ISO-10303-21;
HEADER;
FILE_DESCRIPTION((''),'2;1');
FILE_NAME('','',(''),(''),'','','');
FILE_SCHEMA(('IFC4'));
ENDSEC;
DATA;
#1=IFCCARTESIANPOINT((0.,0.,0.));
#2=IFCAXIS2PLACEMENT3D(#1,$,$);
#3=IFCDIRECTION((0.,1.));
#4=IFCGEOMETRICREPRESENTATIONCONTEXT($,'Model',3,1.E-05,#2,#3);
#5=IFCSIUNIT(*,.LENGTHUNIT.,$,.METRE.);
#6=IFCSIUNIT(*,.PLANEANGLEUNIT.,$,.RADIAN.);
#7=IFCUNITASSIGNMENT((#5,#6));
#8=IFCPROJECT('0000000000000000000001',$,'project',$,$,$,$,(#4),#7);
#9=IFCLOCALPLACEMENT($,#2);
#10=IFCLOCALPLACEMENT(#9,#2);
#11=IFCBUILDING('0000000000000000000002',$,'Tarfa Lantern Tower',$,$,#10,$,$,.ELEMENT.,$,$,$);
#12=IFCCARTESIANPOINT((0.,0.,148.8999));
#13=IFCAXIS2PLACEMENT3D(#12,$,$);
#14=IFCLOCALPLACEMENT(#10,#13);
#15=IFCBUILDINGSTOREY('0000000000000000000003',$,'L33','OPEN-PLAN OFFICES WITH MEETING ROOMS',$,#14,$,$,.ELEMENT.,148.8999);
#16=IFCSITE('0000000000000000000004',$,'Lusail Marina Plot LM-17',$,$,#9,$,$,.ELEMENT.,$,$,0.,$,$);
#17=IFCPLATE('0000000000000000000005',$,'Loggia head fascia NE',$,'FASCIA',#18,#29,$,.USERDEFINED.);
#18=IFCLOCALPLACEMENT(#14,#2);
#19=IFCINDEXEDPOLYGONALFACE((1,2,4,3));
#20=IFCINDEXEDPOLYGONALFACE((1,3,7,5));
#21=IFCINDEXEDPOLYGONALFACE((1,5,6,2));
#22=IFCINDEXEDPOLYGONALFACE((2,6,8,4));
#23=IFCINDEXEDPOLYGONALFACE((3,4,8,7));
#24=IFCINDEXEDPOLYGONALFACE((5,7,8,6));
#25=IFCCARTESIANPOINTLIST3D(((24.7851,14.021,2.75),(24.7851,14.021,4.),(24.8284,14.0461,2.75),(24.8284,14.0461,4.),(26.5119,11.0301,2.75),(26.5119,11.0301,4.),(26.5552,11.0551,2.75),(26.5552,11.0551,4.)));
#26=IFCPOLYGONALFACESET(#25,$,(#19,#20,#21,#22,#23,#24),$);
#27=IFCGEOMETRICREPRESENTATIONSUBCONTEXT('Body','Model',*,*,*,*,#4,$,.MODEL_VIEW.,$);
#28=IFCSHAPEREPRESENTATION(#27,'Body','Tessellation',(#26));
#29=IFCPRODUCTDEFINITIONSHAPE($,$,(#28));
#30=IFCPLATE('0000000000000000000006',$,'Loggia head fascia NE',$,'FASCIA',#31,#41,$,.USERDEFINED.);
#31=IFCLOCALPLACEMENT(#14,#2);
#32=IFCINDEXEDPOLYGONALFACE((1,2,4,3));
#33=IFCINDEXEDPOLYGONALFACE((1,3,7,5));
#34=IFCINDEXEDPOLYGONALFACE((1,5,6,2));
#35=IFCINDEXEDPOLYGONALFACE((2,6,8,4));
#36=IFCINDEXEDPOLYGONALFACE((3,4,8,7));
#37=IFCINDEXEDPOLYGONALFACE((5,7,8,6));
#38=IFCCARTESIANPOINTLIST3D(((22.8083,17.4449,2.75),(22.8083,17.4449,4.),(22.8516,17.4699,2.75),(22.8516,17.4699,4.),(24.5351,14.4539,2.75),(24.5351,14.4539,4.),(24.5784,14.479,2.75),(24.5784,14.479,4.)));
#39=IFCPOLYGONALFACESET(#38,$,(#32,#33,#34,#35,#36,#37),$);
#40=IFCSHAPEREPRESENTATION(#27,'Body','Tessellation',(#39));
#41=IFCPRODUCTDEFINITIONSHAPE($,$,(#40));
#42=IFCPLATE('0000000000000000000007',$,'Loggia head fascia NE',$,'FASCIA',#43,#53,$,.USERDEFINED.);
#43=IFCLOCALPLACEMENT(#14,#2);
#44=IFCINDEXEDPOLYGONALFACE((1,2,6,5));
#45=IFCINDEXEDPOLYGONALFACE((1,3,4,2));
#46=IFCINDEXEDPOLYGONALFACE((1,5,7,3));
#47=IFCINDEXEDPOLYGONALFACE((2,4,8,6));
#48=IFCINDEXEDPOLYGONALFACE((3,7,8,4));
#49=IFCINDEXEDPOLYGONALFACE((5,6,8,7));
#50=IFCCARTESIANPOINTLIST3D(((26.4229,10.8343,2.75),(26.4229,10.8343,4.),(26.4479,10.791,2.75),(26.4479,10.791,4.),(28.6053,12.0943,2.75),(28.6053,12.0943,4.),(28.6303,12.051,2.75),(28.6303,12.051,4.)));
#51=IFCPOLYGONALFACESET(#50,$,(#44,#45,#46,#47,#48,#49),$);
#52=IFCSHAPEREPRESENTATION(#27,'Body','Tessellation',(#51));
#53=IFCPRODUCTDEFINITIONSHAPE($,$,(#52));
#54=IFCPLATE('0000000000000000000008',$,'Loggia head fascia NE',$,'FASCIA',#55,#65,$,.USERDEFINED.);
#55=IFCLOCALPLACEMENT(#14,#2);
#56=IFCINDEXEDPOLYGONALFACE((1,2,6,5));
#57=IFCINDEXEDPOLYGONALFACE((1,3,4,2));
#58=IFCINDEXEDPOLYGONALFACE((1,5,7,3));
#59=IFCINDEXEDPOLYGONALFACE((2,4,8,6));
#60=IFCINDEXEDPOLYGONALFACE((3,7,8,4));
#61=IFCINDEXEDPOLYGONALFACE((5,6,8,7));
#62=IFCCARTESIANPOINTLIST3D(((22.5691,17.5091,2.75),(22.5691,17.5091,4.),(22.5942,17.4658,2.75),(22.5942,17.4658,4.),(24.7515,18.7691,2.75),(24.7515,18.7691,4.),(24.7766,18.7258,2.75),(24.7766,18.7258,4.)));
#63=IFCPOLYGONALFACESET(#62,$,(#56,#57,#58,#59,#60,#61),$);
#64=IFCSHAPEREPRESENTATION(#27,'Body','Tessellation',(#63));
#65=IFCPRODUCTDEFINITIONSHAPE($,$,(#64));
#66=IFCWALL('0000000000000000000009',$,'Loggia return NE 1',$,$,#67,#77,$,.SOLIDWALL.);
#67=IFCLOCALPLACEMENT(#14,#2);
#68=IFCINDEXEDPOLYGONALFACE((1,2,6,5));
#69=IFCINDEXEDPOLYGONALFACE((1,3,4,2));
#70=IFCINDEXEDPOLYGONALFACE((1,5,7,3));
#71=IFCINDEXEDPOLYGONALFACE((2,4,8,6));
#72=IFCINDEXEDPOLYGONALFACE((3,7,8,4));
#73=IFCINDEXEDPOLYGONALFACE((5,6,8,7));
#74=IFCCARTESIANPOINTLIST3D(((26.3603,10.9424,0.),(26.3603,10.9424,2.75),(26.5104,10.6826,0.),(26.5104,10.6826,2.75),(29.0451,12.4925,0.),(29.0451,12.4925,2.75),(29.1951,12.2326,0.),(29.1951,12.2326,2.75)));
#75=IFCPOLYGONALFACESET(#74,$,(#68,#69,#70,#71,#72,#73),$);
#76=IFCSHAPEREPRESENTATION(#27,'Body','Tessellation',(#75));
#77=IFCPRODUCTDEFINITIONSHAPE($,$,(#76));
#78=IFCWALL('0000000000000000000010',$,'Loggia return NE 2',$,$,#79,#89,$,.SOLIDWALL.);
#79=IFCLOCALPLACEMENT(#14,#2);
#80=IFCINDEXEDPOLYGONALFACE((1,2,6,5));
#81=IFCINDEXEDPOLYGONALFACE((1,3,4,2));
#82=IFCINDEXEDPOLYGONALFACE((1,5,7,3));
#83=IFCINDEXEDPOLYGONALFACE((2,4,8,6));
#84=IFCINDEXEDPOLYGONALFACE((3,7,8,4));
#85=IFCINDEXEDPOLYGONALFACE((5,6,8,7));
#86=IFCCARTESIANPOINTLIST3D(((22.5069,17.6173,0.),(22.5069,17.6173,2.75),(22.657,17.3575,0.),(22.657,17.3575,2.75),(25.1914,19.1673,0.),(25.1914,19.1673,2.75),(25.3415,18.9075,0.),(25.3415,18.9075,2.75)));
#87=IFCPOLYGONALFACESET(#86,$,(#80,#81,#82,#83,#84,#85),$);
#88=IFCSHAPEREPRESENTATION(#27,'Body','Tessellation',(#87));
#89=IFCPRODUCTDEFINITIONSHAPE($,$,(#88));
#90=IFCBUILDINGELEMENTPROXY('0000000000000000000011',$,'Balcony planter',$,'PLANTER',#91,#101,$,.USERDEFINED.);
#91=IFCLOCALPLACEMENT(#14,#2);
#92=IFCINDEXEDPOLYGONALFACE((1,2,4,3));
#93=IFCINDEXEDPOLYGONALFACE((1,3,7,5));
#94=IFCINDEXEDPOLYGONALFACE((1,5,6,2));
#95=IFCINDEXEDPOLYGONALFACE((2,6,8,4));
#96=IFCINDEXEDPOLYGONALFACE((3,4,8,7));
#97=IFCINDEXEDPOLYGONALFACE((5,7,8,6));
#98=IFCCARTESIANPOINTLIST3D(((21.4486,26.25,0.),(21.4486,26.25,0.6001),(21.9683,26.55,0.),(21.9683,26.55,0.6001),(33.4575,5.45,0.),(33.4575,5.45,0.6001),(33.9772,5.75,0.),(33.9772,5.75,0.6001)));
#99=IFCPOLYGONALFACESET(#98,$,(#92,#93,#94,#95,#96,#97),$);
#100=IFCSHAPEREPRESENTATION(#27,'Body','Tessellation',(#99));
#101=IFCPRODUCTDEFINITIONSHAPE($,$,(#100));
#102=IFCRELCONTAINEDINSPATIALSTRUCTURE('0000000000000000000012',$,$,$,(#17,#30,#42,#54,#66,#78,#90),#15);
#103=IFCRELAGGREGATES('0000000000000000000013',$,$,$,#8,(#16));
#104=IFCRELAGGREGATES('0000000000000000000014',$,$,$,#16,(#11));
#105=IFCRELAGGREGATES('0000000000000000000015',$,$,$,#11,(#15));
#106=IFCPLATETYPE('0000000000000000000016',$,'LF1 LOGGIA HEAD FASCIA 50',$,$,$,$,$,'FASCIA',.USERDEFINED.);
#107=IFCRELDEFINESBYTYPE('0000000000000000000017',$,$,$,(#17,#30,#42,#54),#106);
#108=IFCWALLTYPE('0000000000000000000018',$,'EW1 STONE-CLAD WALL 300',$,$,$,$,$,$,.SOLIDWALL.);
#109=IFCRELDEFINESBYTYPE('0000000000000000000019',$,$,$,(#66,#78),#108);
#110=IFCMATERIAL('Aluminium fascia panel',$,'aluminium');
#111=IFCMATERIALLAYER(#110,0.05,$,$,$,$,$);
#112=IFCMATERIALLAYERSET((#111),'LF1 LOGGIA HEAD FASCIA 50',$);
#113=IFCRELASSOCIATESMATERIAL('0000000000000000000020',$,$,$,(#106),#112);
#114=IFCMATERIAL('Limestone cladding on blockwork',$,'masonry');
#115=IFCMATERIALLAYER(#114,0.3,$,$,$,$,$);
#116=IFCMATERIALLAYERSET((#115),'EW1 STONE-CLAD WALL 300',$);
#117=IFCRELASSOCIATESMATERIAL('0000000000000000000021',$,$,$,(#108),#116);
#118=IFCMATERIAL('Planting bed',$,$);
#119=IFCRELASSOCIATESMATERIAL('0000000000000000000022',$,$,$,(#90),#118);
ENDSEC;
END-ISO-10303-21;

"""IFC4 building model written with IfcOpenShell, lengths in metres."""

from ifc_helpers import new_model, si_unit, direction, frame, frame_2d, origin, origin_2d, place, context, subcontext, project, spatial, rectangle, extrude, material, layer, layer_set, type_object, element, save


model = new_model("IFC4")

# Units and contexts
model_context = context("Model", 3, precision=1e-05, world=origin(), true_north=direction((0.0, 1.0)))
body_context = subcontext(model_context, "Body", "Model", "MODEL_VIEW")
ifc_project = project(units=[si_unit("LENGTHUNIT", "METRE"), si_unit("PLANEANGLEUNIT", "RADIAN")], contexts=[model_context])

# Site, building, storey
site_placement = place(None, origin())
site = spatial("IfcSite", under=ifc_project, at=site_placement, Name="Lusail Marina Plot LM-17", CompositionType="ELEMENT", RefElevation=0.0)
building_placement = place(site_placement, origin())
building = spatial("IfcBuilding", under=site, at=building_placement, Name="Tarfa Lantern Tower", CompositionType="ELEMENT")
storey_placement = place(building_placement, frame((0.0, 0.0, 148.8999)))
storey = spatial("IfcBuildingStorey", under=building, at=storey_placement, Name="L33", Description="OPEN-PLAN OFFICES WITH MEETING ROOMS", CompositionType="ELEMENT", Elevation=148.8999)

# Plates
ifc_material_1 = material(Name="Aluminium fascia panel", Category="aluminium")
ifc_layer_1 = layer(ifc_material_1, 0.05)
ifc_layer_set_1 = layer_set([ifc_layer_1], Name="LF1 LOGGIA HEAD FASCIA 50")
plate_type_1 = type_object("IfcPlateType", Name="LF1 LOGGIA HEAD FASCIA 50", ElementType="FASCIA", PredefinedType="USERDEFINED", material=ifc_layer_set_1)
for number, where, z_axis, x_axis, name in (
    (1, (25.6702, 12.5381, 2.75), (0.0, 0.0, 1.0), (-0.5, 0.866025, 0.0), "Loggia head fascia NE"),
    (2, (23.6934, 15.9619, 2.75), (0.0, 0.0, 1.0), (-0.5, 0.866025, 0.0), "Loggia head fascia NE"),
):
    element("IfcPlate", number, at=place(storey_placement, frame(where, z_axis=z_axis, x_axis=x_axis)), inside=storey, type_object=plate_type_1, Name=name, ObjectType="FASCIA", PredefinedType="USERDEFINED", context=body_context, shape_type="SweptSolid", body=[
        extrude(rectangle(XDim=3.4536, YDim=0.05, at=origin_2d()), origin(), (0.0, 0.0, 1.0), 1.25),
    ])
for number, where, z_axis, x_axis, name in (
    (3, (27.5266, 11.4426, 2.75), (0.0, 0.0, 1.0), (-0.866025, -0.5, 0.0), "Loggia head fascia NE"),
    (4, (23.6729, 18.1174, 2.75), (0.0, 0.0, 1.0), (-0.866025, -0.5, 0.0), "Loggia head fascia NE"),
):
    element("IfcPlate", number, at=place(storey_placement, frame(where, z_axis=z_axis, x_axis=x_axis)), inside=storey, type_object=plate_type_1, Name=name, ObjectType="FASCIA", PredefinedType="USERDEFINED", context=body_context, shape_type="SweptSolid", body=[
        extrude(rectangle(XDim=2.52, YDim=0.05, at=origin_2d()), origin(), (0.0, 0.0, 1.0), 1.25),
    ])

# Walls
ifc_material_2 = material(Name="Limestone cladding on blockwork", Category="masonry")
ifc_layer_2 = layer(ifc_material_2, 0.3)
ifc_layer_set_2 = layer_set([ifc_layer_2], Name="EW1 STONE-CLAD WALL 300")
wall_type = type_object("IfcWallType", Name="EW1 STONE-CLAD WALL 300", PredefinedType="SOLIDWALL", material=ifc_layer_set_2)
wall_1_placement = place(storey_placement, frame((29.1201, 12.3625, 0.0), z_axis=(0.0, 0.0, 1.0), x_axis=(-0.86603, -0.499993, 0.0)))
element("IfcWall", 5, at=wall_1_placement, inside=storey, type_object=wall_type, Name="Loggia return NE 1", PredefinedType="SOLIDWALL", context=body_context, shape_type="SweptSolid", body=[
    extrude(rectangle(XDim=3.1001, YDim=0.3, at=frame_2d((1.55, 0.0))), origin(), (0.0, 0.0, 1.0), 2.75),
])
wall_2_placement = place(storey_placement, frame((25.2664, 19.0374, 0.0), z_axis=(0.0, 0.0, 1.0), x_axis=(-0.86601, -0.500027, 0.0)))
element("IfcWall", 6, at=wall_2_placement, inside=storey, type_object=wall_type, Name="Loggia return NE 2", PredefinedType="SOLIDWALL", context=body_context, shape_type="SweptSolid", body=[
    extrude(rectangle(XDim=3.0999, YDim=0.3, at=frame_2d((1.5498, 0.0))), origin(), (0.0, 0.0, 1.0), 2.75),
])

# Building element proxy
ifc_material_3 = material(Name="Planting bed")
proxy_placement = place(storey_placement, frame((27.7129, 16.0, 0.0), z_axis=(0.0, 0.0, 1.0), x_axis=(-0.5, 0.866025, 0.0)))
element("IfcBuildingElementProxy", 7, at=proxy_placement, inside=storey, material=ifc_material_3, Name="Balcony planter", ObjectType="PLANTER", PredefinedType="USERDEFINED", context=body_context, shape_type="SweptSolid", body=[
    extrude(rectangle(XDim=24.0178, YDim=0.6001, at=origin_2d()), origin(), (0.0, 0.0, 1.0), 0.6001),
])

save(model, "model.ifc")
